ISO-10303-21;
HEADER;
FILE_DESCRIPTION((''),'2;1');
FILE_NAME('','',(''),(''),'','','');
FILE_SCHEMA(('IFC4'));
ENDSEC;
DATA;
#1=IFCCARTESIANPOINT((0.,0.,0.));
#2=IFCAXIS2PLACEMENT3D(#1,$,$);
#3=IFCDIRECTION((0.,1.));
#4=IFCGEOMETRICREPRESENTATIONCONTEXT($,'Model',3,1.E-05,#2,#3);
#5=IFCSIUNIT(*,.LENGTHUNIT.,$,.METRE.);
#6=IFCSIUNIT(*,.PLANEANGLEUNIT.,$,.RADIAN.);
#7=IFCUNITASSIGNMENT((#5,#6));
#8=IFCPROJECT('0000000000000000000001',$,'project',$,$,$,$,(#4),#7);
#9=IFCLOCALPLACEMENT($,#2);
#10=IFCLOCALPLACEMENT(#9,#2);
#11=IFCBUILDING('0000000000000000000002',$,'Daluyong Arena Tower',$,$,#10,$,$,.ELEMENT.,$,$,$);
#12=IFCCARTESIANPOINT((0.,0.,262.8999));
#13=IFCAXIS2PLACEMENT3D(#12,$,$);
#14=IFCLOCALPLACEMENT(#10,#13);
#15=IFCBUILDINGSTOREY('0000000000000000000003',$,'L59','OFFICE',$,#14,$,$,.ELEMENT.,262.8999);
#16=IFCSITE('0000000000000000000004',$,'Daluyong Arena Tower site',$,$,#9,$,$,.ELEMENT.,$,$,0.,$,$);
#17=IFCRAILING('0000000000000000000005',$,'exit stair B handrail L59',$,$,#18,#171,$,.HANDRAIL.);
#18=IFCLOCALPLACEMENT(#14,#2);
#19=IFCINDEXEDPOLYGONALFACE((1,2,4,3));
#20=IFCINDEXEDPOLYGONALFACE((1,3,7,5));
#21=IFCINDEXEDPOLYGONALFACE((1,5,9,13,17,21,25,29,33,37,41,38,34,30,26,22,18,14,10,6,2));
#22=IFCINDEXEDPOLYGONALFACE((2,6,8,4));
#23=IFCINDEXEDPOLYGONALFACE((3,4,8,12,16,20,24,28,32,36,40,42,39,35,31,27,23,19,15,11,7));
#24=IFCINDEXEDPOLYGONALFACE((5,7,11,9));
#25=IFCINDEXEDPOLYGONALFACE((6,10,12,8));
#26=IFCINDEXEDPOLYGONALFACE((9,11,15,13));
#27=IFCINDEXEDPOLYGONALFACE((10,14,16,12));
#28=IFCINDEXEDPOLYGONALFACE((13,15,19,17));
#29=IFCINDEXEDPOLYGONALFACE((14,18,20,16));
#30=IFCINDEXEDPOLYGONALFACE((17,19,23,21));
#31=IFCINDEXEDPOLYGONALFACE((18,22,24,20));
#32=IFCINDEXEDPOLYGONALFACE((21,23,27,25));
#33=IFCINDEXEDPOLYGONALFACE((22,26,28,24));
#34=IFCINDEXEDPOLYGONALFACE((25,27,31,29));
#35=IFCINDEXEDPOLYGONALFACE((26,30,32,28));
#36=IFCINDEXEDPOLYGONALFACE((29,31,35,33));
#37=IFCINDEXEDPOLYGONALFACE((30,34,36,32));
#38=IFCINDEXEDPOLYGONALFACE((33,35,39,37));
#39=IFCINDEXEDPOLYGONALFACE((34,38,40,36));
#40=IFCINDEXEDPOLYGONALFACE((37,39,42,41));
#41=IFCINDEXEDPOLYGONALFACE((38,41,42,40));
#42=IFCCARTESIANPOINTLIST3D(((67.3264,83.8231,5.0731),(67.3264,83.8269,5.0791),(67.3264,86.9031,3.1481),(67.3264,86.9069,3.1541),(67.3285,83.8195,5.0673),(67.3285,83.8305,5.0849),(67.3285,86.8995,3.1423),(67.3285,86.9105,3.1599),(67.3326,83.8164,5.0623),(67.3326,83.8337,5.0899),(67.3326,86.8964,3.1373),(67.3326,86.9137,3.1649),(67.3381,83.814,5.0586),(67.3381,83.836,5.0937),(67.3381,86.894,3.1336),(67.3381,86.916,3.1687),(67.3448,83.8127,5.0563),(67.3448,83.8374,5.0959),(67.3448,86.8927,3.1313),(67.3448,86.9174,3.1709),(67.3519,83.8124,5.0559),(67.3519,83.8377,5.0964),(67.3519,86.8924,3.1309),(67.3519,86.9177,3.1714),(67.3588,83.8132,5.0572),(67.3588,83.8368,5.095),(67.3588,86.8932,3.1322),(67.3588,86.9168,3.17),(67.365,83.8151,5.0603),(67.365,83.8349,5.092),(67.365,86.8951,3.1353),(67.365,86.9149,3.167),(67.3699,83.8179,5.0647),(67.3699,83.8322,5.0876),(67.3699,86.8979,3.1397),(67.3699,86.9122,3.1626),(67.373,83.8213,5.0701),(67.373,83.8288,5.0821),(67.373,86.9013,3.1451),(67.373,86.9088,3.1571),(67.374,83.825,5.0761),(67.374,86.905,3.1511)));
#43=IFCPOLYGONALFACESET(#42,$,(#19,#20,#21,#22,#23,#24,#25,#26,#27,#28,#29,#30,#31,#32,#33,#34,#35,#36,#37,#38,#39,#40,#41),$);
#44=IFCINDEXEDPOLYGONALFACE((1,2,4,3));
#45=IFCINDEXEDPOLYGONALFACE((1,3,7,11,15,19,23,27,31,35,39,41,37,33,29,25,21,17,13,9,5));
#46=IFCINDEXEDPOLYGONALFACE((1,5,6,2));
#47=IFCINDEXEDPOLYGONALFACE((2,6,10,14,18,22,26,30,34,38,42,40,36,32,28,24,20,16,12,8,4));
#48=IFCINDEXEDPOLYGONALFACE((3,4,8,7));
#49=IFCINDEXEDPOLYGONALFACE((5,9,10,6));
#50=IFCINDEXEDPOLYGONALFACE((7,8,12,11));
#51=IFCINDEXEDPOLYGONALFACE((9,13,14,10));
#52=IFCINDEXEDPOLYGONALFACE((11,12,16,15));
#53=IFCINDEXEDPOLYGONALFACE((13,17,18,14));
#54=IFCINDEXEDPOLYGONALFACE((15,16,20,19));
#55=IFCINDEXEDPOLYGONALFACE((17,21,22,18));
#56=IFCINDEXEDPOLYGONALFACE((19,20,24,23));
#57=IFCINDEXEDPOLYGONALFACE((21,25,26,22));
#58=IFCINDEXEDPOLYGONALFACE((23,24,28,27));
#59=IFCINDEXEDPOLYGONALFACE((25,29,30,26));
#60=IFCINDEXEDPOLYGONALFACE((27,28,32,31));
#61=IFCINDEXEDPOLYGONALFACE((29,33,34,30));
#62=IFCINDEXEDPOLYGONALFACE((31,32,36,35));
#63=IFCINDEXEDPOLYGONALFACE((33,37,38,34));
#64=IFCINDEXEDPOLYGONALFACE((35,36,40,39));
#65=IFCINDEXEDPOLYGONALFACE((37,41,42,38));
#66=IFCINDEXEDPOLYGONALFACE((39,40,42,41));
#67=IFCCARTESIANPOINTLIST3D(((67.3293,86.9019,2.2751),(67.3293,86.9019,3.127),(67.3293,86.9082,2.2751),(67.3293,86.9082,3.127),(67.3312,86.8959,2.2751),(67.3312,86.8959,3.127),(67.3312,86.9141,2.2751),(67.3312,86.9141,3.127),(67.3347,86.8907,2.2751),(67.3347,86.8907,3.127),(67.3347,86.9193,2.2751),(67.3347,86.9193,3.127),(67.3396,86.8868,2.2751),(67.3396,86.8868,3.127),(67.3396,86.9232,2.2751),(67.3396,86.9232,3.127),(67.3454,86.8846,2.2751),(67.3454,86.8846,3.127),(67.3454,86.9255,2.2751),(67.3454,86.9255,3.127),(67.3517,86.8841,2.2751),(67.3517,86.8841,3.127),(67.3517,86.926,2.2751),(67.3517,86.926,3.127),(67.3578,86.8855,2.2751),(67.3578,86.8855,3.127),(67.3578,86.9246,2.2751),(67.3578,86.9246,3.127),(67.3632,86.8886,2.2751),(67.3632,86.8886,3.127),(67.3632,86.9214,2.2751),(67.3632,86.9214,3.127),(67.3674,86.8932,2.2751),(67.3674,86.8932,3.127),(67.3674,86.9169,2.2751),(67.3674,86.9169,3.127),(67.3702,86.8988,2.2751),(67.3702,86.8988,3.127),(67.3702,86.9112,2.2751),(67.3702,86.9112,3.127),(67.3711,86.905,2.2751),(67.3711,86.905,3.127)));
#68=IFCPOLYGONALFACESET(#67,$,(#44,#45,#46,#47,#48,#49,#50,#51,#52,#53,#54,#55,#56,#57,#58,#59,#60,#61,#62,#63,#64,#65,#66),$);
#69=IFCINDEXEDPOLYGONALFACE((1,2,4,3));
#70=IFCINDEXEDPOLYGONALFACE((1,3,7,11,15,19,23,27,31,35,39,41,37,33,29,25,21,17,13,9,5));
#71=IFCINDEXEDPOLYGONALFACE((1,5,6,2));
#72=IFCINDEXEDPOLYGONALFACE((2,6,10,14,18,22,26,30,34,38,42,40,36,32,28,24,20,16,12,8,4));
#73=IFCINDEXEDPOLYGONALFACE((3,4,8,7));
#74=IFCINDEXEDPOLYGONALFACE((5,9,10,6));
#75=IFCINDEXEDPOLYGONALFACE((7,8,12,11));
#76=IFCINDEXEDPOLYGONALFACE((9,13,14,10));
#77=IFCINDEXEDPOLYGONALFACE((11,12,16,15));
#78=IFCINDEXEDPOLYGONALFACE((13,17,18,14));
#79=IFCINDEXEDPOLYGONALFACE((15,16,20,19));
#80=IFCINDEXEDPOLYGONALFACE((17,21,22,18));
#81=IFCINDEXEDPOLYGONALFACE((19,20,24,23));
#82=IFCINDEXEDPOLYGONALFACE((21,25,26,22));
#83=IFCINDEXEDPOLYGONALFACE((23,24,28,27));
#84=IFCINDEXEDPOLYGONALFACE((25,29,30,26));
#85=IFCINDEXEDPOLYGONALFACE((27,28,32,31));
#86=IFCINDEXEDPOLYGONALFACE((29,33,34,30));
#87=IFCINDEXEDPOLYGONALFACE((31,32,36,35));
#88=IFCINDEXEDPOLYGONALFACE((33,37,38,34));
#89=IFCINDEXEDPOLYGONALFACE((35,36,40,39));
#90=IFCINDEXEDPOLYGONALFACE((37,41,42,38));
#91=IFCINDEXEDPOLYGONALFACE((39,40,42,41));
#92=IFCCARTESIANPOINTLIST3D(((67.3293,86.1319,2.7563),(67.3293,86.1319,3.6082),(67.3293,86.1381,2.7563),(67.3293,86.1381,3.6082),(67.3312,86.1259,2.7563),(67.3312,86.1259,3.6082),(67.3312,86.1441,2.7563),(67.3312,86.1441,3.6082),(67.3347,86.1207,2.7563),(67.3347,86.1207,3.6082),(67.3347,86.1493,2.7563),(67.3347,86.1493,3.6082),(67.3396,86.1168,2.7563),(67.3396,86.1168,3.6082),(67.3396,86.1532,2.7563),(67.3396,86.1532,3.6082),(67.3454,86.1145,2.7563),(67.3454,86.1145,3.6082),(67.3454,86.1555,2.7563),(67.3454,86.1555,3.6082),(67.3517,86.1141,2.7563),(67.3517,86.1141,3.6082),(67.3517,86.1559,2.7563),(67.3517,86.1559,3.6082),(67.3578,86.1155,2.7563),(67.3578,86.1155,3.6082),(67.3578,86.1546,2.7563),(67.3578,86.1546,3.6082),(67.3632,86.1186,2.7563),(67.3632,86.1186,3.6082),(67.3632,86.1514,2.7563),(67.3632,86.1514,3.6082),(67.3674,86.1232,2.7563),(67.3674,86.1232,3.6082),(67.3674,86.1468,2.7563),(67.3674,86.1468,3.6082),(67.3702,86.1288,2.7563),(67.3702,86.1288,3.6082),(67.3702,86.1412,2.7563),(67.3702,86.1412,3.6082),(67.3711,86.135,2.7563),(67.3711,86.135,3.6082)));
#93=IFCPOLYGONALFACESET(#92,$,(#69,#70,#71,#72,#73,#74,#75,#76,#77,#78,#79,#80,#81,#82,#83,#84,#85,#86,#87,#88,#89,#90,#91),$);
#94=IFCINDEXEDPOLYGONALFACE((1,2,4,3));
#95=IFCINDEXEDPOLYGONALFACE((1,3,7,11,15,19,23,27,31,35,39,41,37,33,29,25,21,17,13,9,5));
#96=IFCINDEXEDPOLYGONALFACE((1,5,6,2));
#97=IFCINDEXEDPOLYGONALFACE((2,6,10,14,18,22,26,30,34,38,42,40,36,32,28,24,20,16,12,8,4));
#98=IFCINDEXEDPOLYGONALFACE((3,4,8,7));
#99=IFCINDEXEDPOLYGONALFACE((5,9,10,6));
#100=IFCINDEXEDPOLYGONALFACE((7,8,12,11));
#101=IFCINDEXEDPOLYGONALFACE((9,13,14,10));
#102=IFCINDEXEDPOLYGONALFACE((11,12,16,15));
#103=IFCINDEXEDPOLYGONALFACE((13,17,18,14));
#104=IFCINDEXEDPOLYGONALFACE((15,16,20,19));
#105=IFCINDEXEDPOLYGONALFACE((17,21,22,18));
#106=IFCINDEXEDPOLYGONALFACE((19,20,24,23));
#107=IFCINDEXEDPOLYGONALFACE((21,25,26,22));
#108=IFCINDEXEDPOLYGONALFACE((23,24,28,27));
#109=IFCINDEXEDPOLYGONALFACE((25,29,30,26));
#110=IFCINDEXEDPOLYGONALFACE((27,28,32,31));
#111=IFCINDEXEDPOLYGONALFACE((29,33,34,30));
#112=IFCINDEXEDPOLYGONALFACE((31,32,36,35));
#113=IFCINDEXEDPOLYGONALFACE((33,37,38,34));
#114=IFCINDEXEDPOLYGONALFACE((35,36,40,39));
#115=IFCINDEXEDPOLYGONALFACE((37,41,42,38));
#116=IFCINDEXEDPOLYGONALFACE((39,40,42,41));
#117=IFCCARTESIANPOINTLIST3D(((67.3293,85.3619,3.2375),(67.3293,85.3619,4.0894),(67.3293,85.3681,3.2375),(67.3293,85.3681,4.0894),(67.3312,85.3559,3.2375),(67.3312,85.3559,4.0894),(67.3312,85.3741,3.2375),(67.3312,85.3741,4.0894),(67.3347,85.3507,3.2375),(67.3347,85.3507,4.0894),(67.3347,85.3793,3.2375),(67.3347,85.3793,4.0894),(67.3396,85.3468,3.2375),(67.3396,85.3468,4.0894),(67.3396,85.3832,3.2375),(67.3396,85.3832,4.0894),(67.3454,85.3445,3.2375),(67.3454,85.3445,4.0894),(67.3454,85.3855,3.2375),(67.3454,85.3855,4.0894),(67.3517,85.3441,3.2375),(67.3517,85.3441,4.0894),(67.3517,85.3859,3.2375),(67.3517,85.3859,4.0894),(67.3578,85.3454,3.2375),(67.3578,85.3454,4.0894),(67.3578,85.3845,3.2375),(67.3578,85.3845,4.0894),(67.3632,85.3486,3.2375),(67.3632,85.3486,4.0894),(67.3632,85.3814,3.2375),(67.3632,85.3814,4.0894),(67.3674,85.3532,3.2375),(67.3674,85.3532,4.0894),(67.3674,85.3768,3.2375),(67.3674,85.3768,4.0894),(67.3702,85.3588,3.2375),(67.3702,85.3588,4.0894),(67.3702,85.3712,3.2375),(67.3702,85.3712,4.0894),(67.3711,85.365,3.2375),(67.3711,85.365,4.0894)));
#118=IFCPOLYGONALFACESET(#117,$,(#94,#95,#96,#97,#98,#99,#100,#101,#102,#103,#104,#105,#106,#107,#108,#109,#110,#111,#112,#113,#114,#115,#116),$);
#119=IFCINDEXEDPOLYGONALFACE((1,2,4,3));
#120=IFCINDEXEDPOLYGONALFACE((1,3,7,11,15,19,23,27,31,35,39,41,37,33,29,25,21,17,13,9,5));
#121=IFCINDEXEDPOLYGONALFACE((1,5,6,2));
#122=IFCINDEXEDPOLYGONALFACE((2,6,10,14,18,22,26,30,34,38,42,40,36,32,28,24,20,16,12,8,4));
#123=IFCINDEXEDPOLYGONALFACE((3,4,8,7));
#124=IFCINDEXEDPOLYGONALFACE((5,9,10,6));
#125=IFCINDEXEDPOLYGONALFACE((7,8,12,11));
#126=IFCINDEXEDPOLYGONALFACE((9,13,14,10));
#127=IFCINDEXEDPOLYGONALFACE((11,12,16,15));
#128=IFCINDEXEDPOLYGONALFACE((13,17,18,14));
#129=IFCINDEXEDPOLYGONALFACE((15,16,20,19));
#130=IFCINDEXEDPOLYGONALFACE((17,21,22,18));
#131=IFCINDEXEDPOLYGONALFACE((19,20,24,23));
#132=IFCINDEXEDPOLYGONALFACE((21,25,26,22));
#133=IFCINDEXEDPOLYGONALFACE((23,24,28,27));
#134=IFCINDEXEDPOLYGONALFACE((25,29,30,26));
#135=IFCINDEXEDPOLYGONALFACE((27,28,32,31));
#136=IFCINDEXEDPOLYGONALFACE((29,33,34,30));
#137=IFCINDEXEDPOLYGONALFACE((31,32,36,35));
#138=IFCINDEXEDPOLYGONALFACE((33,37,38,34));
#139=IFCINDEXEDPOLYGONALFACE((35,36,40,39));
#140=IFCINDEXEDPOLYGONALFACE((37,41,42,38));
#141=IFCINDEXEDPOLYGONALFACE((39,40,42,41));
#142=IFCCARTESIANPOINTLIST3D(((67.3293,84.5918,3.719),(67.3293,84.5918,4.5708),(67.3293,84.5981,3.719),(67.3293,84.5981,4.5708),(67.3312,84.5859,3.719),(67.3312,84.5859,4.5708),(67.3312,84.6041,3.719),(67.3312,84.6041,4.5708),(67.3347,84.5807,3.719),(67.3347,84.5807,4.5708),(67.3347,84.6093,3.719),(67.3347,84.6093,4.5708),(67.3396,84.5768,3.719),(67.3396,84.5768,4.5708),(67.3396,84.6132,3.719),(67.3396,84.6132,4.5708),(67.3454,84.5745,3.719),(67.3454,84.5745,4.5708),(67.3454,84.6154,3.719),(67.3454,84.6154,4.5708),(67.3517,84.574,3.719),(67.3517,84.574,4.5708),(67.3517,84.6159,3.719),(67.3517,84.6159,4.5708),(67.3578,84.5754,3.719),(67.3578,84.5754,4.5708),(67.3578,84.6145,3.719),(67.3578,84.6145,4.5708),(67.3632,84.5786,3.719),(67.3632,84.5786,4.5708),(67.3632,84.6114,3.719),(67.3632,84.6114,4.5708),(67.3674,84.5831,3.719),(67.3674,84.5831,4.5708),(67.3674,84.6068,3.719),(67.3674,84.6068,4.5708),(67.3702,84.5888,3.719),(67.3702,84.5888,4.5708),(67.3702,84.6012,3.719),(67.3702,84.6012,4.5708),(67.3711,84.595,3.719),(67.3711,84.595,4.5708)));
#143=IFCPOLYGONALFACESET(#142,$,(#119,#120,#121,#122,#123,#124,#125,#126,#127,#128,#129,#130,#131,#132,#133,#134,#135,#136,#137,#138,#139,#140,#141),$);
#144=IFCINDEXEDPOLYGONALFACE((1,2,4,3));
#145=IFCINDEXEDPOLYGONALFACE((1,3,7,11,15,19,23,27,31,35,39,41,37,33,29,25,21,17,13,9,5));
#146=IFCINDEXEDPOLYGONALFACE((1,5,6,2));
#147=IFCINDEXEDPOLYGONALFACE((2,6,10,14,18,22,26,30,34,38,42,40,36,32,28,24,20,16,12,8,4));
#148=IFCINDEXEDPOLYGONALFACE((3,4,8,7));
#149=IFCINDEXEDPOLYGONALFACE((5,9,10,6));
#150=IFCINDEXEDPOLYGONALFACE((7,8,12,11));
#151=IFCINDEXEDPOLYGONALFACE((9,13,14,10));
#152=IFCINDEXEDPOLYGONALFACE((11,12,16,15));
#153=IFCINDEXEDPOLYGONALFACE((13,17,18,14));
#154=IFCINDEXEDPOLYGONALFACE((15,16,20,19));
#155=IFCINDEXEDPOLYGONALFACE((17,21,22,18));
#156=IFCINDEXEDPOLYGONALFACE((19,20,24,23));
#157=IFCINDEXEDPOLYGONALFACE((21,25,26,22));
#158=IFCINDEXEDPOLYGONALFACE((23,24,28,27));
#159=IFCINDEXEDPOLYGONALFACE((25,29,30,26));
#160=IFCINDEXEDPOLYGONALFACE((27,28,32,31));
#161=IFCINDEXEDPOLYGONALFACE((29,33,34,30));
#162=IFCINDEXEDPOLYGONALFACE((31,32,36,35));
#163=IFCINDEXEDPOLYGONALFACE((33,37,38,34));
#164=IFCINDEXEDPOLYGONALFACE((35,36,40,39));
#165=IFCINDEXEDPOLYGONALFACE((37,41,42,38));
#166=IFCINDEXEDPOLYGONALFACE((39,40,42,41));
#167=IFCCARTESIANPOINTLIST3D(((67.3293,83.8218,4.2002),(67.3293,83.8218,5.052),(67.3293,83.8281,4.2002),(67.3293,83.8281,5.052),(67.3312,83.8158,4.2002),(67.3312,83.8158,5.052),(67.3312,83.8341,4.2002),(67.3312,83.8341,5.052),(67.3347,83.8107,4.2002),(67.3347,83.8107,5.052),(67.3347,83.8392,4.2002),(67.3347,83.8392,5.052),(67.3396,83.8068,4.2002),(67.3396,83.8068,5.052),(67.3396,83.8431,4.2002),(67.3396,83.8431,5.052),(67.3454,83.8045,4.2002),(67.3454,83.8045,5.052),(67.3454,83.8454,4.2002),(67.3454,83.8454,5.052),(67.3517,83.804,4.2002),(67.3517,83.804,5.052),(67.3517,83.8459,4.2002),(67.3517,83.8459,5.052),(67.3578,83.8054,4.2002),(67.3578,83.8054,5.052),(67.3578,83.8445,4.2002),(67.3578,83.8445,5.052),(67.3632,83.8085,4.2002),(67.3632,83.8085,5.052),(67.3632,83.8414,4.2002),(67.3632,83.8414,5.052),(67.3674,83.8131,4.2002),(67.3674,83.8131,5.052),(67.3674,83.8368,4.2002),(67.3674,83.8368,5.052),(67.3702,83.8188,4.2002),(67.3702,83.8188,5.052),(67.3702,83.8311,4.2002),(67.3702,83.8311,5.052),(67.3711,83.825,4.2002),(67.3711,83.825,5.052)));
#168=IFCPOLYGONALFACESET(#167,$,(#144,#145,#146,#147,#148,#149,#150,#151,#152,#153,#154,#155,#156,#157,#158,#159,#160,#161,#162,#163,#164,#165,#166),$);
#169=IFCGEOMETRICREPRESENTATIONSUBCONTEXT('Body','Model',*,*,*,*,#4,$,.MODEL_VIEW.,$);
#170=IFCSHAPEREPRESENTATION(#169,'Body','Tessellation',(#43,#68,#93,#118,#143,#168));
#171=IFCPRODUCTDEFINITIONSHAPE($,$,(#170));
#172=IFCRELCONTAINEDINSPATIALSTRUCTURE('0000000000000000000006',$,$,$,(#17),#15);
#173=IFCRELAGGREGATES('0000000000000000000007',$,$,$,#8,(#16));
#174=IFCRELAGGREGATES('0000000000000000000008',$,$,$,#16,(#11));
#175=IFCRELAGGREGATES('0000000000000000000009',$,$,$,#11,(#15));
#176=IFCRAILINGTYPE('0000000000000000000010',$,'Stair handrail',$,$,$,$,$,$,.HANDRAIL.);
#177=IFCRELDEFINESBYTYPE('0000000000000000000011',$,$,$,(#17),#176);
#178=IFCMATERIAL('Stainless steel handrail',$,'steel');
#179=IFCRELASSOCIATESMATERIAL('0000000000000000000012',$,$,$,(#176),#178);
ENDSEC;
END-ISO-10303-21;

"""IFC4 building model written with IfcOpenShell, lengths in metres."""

from ifc_helpers import new_model, si_unit, direction, frame, origin, origin_2d, place, context, subcontext, project, spatial, circle, extrude, material, type_object, element, save


model = new_model("IFC4")

# Units and contexts
model_context = context("Model", 3, precision=1e-05, world=origin(), true_north=direction((0.0, 1.0)))
body_context = subcontext(model_context, "Body", "Model", "MODEL_VIEW")
ifc_project = project(units=[si_unit("LENGTHUNIT", "METRE"), si_unit("PLANEANGLEUNIT", "RADIAN")], contexts=[model_context])

# Site, building, storey
site_placement = place(None, origin())
site = spatial("IfcSite", under=ifc_project, at=site_placement, Name="Daluyong Arena Tower site", CompositionType="ELEMENT", RefElevation=0.0)
building_placement = place(site_placement, origin())
building = spatial("IfcBuilding", under=site, at=building_placement, Name="Daluyong Arena Tower", CompositionType="ELEMENT")
storey_placement = place(building_placement, frame((0.0, 0.0, 262.8999)))
storey = spatial("IfcBuildingStorey", under=building, at=storey_placement, Name="L59", Description="OFFICE", CompositionType="ELEMENT", Elevation=262.8999)

# Railing
ifc_material_1 = material(Name="Stainless steel handrail", Category="steel")
railing_type_1 = type_object("IfcRailingType", Name="Stair handrail", PredefinedType="HANDRAIL", material=ifc_material_1)
railing_1_placement = place(storey_placement, frame((67.3501, 86.905, 2.2751)))
element("IfcRailing", 1, at=railing_1_placement, inside=storey, type_object=railing_type_1, Name="exit stair B handrail L59", PredefinedType="HANDRAIL", context=body_context, shape_type="SweptSolid", body=[
    extrude(circle(Radius=0.0239, at=origin_2d()), frame((0.0, 0.0, 0.876), z_axis=(0.0, -0.847998, 0.529999), x_axis=(1.0, 0.0, 0.0)), (0.0, 0.0, 1.0), 3.6321),
    extrude(circle(Radius=0.021, at=origin_2d()), origin(), (0.0, 0.0, 1.0), 0.8518),
    extrude(circle(Radius=0.021, at=origin_2d()), frame((0.0, -0.77, 0.4812)), (0.0, 0.0, 1.0), 0.8518),
    extrude(circle(Radius=0.021, at=origin_2d()), frame((0.0, -1.54, 0.9624)), (0.0, 0.0, 1.0), 0.8518),
    extrude(circle(Radius=0.021, at=origin_2d()), frame((0.0, -2.3101, 1.4438)), (0.0, 0.0, 1.0), 0.8518),
    extrude(circle(Radius=0.021, at=origin_2d()), frame((0.0, -3.0801, 1.925)), (0.0, 0.0, 1.0), 0.8518),
])

save(model, "model.ifc")
